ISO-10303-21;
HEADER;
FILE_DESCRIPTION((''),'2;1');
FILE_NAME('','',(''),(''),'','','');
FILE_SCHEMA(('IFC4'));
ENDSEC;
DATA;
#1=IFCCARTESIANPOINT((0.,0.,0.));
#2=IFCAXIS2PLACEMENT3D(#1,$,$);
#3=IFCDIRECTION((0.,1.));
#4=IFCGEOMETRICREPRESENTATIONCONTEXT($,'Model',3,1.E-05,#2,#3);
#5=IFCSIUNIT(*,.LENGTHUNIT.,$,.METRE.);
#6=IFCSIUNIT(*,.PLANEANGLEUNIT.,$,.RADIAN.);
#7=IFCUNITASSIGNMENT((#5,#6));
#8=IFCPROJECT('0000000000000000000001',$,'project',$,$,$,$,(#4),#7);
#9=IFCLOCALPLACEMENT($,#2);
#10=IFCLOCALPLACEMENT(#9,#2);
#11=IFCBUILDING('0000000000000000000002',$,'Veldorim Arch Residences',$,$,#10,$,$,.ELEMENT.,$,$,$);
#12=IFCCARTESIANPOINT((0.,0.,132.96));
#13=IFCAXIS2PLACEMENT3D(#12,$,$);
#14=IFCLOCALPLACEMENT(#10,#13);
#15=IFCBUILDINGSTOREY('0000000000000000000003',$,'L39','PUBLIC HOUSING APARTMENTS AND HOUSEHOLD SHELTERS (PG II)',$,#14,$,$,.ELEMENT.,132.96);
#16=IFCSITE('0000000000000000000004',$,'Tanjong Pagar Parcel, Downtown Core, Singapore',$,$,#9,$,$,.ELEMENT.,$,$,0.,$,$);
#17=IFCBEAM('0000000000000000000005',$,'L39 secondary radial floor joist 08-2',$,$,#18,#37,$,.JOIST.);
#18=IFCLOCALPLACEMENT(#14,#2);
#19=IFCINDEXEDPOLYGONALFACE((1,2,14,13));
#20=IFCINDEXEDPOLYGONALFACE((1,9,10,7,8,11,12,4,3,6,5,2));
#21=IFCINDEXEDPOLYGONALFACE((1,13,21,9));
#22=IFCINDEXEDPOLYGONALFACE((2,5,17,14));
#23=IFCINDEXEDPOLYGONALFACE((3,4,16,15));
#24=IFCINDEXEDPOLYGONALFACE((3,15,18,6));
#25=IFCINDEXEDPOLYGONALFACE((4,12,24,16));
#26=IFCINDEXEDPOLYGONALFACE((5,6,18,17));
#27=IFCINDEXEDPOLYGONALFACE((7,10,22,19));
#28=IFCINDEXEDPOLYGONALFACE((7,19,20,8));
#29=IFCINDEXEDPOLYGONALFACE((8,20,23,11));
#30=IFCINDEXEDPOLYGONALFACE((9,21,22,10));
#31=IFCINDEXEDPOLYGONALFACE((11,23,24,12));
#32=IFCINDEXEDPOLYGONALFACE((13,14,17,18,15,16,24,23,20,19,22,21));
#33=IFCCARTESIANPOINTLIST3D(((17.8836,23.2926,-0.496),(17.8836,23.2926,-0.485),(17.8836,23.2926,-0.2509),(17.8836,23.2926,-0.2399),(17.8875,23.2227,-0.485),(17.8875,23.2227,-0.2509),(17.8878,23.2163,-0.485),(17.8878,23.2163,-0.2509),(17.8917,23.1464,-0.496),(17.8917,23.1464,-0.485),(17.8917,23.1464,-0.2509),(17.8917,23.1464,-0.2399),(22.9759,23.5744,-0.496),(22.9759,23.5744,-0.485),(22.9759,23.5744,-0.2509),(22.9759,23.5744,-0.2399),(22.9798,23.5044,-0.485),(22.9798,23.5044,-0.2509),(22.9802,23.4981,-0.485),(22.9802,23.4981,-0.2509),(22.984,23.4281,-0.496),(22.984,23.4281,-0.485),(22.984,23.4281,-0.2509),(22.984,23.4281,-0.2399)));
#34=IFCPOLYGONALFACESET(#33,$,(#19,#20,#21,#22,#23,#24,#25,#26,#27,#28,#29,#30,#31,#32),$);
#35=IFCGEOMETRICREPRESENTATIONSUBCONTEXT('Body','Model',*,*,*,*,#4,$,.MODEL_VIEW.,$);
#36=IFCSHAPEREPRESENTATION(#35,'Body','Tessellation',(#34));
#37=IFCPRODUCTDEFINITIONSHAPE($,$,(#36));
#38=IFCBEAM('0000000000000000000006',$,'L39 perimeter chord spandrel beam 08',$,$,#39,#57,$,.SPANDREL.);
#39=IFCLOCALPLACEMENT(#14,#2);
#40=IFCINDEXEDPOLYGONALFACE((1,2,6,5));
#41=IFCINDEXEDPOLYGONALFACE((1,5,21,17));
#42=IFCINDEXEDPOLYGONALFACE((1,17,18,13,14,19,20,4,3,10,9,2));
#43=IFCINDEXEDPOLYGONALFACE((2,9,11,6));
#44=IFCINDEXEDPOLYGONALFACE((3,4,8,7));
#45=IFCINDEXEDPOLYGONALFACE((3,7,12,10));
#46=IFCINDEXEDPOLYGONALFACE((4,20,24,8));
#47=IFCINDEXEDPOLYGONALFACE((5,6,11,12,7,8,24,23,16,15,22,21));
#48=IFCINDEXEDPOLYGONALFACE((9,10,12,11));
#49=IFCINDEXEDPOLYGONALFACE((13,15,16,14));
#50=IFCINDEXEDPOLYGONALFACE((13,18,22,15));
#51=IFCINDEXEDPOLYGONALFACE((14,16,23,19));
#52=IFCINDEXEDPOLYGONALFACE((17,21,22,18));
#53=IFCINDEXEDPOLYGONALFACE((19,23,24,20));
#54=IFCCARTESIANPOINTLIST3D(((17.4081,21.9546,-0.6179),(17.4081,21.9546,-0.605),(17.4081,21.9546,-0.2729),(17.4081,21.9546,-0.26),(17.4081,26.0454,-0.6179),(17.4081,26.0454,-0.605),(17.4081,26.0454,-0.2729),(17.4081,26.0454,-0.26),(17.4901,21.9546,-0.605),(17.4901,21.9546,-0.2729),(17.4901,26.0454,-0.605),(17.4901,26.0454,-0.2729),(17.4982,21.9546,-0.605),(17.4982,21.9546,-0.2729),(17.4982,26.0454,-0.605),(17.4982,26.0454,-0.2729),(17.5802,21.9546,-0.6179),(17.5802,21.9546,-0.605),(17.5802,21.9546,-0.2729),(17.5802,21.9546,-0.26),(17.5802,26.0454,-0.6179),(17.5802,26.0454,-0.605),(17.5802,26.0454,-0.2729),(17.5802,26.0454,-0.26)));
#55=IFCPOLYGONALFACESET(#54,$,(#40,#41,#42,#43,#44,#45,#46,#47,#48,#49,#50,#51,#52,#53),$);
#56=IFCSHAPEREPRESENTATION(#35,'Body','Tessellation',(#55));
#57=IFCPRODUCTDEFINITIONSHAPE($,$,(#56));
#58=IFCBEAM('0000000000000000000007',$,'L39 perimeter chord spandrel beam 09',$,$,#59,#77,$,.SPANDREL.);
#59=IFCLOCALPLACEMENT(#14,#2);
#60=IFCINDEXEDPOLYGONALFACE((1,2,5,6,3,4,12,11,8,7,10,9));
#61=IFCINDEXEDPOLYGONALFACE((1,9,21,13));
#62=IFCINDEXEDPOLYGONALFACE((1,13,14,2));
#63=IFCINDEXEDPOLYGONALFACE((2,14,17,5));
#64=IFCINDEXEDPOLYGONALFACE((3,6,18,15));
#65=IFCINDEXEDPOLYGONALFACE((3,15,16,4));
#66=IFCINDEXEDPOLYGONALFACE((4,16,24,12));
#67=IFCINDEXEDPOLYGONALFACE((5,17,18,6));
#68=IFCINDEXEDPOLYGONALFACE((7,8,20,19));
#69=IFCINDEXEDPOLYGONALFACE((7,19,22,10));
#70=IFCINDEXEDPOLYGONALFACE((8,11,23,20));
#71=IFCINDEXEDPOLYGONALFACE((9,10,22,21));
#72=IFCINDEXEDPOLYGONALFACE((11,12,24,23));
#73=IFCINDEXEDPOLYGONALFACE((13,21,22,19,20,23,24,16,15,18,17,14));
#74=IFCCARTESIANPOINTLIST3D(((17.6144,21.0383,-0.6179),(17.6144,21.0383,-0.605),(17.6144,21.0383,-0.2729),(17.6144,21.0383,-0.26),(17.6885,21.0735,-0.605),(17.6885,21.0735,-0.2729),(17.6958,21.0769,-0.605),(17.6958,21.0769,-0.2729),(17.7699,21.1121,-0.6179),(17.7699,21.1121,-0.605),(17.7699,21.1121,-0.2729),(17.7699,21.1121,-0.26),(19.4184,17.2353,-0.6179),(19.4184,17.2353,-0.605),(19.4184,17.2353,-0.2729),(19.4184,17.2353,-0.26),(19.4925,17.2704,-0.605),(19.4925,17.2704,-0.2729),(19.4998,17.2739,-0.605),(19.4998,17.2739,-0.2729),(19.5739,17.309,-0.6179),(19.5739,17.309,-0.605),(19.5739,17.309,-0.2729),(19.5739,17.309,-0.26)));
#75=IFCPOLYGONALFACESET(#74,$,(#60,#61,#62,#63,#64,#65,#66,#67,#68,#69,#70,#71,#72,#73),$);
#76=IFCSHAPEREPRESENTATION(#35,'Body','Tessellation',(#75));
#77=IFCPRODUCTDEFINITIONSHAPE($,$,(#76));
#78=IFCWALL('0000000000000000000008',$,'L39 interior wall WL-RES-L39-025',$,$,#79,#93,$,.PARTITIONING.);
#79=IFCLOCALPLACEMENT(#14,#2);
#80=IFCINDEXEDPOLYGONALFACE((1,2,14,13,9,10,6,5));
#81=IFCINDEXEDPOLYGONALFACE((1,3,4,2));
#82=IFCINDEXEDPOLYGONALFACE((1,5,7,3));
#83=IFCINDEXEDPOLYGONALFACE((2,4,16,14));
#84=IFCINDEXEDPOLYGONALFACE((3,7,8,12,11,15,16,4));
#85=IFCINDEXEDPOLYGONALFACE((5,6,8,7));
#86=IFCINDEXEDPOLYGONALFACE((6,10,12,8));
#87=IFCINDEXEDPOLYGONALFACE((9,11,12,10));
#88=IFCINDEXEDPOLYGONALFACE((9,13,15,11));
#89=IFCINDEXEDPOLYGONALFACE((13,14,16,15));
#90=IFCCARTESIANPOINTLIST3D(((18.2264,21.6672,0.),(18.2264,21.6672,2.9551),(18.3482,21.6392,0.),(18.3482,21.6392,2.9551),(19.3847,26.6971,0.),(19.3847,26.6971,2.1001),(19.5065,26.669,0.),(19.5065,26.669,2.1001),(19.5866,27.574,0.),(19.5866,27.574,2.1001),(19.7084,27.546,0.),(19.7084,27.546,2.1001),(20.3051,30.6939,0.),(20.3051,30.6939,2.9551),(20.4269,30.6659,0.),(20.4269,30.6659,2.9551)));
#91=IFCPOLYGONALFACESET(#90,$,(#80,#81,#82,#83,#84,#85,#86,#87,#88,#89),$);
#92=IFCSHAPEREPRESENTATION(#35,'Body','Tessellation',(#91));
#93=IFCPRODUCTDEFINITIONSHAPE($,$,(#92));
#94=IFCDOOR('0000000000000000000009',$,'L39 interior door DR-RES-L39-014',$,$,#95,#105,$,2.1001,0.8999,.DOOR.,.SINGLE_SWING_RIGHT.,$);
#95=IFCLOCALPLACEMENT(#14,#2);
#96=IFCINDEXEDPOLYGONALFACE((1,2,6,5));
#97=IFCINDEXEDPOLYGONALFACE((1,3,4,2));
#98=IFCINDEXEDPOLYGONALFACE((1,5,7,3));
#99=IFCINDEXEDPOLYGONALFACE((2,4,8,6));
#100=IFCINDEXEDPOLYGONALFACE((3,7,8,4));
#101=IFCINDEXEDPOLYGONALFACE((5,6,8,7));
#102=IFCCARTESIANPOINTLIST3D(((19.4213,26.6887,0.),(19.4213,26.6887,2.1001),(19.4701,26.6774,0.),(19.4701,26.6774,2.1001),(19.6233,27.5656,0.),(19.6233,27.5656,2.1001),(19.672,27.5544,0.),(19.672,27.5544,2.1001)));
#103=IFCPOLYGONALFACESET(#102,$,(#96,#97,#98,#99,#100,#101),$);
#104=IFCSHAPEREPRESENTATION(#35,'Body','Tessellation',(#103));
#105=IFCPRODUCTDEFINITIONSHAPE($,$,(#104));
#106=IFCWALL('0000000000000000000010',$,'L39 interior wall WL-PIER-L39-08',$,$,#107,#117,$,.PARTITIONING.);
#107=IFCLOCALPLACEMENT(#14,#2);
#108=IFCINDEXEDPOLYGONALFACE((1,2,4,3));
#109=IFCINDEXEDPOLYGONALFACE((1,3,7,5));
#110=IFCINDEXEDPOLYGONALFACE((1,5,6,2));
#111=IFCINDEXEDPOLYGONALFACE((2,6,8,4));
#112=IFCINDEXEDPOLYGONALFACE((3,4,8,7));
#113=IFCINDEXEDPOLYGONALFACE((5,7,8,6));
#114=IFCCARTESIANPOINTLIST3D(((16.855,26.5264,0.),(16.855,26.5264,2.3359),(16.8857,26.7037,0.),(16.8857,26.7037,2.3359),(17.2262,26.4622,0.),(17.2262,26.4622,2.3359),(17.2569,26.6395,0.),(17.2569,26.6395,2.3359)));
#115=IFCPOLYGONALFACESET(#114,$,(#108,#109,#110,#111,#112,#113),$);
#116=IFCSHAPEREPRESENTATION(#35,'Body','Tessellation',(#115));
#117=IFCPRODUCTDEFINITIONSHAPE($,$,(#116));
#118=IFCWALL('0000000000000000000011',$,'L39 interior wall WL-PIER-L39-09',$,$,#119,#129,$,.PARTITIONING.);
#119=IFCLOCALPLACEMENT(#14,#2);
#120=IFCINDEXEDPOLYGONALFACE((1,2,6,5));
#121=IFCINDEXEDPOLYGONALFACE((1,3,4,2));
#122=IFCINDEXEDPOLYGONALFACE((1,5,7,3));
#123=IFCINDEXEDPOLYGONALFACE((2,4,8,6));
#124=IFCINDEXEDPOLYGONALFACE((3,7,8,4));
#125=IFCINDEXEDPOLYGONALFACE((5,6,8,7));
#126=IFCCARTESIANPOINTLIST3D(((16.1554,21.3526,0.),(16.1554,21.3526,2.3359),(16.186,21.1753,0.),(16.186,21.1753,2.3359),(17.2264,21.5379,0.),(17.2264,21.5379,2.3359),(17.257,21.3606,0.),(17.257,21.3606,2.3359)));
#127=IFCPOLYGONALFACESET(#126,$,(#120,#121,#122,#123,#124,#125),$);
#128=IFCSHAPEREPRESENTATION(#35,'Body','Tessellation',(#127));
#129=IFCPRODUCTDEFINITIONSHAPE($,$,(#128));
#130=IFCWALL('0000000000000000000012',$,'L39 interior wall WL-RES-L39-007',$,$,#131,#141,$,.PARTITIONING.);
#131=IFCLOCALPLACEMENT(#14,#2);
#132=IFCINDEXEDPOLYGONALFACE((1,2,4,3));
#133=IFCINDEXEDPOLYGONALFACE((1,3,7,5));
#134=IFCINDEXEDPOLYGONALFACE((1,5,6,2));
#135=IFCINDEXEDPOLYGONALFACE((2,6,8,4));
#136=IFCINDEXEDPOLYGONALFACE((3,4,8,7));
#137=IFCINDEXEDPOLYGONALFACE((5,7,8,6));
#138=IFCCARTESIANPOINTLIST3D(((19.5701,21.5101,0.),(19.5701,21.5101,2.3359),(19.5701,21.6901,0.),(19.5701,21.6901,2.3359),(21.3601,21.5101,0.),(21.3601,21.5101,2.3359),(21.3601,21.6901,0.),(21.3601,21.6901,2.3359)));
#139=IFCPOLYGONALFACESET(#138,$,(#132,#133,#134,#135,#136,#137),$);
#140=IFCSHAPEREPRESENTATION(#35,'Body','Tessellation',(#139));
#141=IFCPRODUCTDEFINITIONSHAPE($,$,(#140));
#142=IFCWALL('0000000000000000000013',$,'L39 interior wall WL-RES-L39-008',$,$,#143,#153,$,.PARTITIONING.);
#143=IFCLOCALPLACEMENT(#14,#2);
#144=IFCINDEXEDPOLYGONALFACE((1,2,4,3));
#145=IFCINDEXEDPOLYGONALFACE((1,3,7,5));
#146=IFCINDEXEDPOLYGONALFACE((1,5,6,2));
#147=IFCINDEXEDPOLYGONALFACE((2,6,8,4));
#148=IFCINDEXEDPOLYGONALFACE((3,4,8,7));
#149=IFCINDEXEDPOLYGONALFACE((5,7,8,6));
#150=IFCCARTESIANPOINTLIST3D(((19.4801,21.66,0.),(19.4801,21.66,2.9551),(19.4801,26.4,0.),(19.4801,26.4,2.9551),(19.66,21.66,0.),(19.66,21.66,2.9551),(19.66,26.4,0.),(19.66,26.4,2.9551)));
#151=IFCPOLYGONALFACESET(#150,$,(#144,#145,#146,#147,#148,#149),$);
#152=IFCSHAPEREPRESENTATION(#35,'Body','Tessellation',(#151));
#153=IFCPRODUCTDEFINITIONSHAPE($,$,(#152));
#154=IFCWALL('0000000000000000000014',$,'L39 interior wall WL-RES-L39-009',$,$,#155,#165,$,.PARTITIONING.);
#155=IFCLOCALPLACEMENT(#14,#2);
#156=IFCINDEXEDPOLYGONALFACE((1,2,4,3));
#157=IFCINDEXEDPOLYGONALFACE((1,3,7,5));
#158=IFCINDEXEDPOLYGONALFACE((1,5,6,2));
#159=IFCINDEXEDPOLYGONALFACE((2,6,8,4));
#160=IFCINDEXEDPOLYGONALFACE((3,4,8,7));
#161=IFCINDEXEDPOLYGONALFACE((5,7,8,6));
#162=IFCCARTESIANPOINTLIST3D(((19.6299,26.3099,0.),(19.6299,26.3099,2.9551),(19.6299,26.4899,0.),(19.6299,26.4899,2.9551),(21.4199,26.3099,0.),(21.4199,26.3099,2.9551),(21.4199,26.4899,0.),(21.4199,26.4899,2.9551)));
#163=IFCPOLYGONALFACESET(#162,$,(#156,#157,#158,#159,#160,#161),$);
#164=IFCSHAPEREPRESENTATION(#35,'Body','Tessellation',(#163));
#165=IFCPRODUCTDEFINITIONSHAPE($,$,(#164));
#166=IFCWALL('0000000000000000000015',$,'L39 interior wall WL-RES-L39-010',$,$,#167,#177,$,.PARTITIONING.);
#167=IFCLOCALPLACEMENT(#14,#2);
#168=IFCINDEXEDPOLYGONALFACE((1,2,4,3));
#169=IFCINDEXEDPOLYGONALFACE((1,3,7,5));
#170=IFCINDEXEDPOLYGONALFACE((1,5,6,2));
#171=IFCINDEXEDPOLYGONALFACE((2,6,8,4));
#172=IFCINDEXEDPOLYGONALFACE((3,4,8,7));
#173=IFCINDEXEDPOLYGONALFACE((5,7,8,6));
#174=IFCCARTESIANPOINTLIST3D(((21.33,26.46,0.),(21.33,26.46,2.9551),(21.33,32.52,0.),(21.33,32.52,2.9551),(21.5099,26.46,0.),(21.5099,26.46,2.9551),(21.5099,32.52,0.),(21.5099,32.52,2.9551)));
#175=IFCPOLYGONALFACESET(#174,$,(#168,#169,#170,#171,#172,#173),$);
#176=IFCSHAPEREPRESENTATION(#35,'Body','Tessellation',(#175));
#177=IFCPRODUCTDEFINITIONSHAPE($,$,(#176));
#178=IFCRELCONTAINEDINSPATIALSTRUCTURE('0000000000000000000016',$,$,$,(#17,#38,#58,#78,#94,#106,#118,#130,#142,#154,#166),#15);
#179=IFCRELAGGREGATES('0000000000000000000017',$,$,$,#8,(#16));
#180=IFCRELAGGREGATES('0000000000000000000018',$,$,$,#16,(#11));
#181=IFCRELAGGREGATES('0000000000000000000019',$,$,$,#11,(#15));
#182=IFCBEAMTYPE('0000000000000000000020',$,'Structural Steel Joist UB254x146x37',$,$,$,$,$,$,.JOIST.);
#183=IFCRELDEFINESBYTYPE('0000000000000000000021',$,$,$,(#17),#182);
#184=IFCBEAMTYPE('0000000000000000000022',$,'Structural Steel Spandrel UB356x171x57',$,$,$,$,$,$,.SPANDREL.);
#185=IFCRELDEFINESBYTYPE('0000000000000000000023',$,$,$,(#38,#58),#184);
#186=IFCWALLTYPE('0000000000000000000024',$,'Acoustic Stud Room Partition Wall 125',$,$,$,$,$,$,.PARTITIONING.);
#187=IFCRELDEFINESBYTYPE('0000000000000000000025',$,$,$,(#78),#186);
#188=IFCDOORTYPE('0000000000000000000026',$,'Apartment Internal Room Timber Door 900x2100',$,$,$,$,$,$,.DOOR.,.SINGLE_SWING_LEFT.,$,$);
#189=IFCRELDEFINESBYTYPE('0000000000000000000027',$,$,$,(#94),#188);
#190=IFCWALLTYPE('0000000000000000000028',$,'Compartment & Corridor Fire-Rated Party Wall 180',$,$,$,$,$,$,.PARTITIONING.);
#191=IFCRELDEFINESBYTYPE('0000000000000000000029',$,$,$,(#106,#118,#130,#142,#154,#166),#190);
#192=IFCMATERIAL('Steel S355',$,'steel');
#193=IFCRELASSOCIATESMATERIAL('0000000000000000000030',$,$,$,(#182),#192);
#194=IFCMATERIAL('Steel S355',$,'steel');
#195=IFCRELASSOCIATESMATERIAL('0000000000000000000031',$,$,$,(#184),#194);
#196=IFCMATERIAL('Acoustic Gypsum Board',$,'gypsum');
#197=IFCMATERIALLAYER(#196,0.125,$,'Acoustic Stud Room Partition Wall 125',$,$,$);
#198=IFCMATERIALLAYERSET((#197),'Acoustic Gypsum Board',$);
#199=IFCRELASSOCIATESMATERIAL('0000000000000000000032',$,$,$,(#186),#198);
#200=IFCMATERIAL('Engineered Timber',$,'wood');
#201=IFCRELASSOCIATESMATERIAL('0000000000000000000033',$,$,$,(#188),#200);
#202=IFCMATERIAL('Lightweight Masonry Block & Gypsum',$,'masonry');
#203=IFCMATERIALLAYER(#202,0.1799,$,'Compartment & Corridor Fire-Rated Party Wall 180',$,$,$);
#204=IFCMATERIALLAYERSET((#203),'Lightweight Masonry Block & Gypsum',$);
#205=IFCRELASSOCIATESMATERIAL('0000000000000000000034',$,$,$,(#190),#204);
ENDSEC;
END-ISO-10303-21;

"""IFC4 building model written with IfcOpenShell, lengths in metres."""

from ifc_helpers import new_model, si_unit, direction, frame, frame_2d, origin, origin_2d, place, context, subcontext, project, spatial, rectangle, i_section, extrude, material, layer, layer_set, material_profile, profile_set, type_object, element, fill, save


model = new_model("IFC4")

# Units and contexts
model_context = context("Model", 3, precision=1e-05, world=origin(), true_north=direction((0.0, 1.0)))
body_context = subcontext(model_context, "Body", "Model", "MODEL_VIEW")
ifc_project = project(units=[si_unit("LENGTHUNIT", "METRE"), si_unit("PLANEANGLEUNIT", "RADIAN")], contexts=[model_context])

# Site, building, storey
site_placement = place(None, origin())
site = spatial("IfcSite", under=ifc_project, at=site_placement, Name="Tanjong Pagar Parcel, Downtown Core, Singapore", CompositionType="ELEMENT", RefElevation=0.0)
building_placement = place(site_placement, origin())
building = spatial("IfcBuilding", under=site, at=building_placement, Name="Veldorim Arch Residences", CompositionType="ELEMENT")
storey_placement = place(building_placement, frame((0.0, 0.0, 132.96)))
storey = spatial("IfcBuildingStorey", under=building, at=storey_placement, Name="L39", Description="PUBLIC HOUSING APARTMENTS AND HOUSEHOLD SHELTERS (PG II)", CompositionType="ELEMENT", Elevation=132.96)

# Beams
ifc_material_1 = material(Name="Steel S355", Category="steel")
ifc_material_profile_1 = material_profile(ifc_material_1, i_section(OverallWidth=0.1465, OverallDepth=0.2561, WebThickness=0.0063, FlangeThickness=0.011, at=origin_2d()), Name="UB254x146x37")
ifc_profile_set_1 = profile_set([ifc_material_profile_1], Name="Steel S355")
beam_type_1 = type_object("IfcBeamType", Name="Structural Steel Joist UB254x146x37", PredefinedType="JOIST", material=ifc_profile_set_1)
beam_1_placement = place(storey_placement, frame((22.98, 23.5012, -0.3679), z_axis=(-0.998473, -0.055242, 0.0), x_axis=(0.055242, -0.998473, 0.0)))
element("IfcBeam", 1, at=beam_1_placement, inside=storey, type_object=beam_type_1, Name="L39 secondary radial floor joist 08-2", PredefinedType="JOIST", context=body_context, shape_type="SweptSolid", body=[
    extrude(i_section(OverallWidth=0.1465, OverallDepth=0.2561, WebThickness=0.0063, FlangeThickness=0.011, at=origin_2d()), origin(), (0.0, 0.0, 1.0), 5.1001),
])
ifc_material_2 = material(Name="Steel S355", Category="steel")
ifc_material_profile_2 = material_profile(ifc_material_2, i_section(OverallWidth=0.1721, OverallDepth=0.3579, WebThickness=0.0081, FlangeThickness=0.0129, at=origin_2d()), Name="UB356x171x57")
ifc_profile_set_2 = profile_set([ifc_material_profile_2], Name="Steel S355")
beam_type_2 = type_object("IfcBeamType", Name="Structural Steel Spandrel UB356x171x57", PredefinedType="SPANDREL", material=ifc_profile_set_2)
beam_2_placement = place(storey_placement, frame((17.4941, 26.0454, -0.439), z_axis=(0.0, -1.0, 0.0), x_axis=(1.0, 0.0, 0.0)))
element("IfcBeam", 2, at=beam_2_placement, inside=storey, type_object=beam_type_2, Name="L39 perimeter chord spandrel beam 08", PredefinedType="SPANDREL", context=body_context, shape_type="SweptSolid", body=[
    extrude(i_section(OverallWidth=0.1721, OverallDepth=0.3579, WebThickness=0.0081, FlangeThickness=0.0129, at=origin_2d()), origin(), (0.0, 0.0, 1.0), 4.0908),
])
beam_3_placement = place(storey_placement, frame((17.6921, 21.0752, -0.439), z_axis=(0.42858, -0.903504, 0.0), x_axis=(0.903504, 0.42858, 0.0)))
element("IfcBeam", 3, at=beam_3_placement, inside=storey, type_object=beam_type_2, Name="L39 perimeter chord spandrel beam 09", PredefinedType="SPANDREL", context=body_context, shape_type="SweptSolid", body=[
    extrude(i_section(OverallWidth=0.1721, OverallDepth=0.3579, WebThickness=0.0081, FlangeThickness=0.0129, at=origin_2d()), origin(), (0.0, 0.0, 1.0), 4.2092),
])

# Wall, opening, door
ifc_material_3 = material(Name="Acoustic Gypsum Board", Category="gypsum")
ifc_layer_1 = layer(ifc_material_3, 0.125, Name="Acoustic Stud Room Partition Wall 125")
ifc_layer_set_1 = layer_set([ifc_layer_1], Name="Acoustic Gypsum Board")
wall_type_1 = type_object("IfcWallType", Name="Acoustic Stud Room Partition Wall 125", PredefinedType="PARTITIONING", material=ifc_layer_set_1)
wall_1_placement = place(storey_placement, frame((18.2874, 21.6533, 0.0), z_axis=(0.0, 0.0, 1.0), x_axis=(0.224403, 0.974496, 0.0)))
wall_1 = element("IfcWall", 4, at=wall_1_placement, inside=storey, type_object=wall_type_1, Name="L39 interior wall WL-RES-L39-025", PredefinedType="PARTITIONING", context=body_context, shape_type="SweptSolid", body=[
    extrude(rectangle(XDim=9.2629, YDim=0.125, at=frame_2d((4.6313, 0.0))), origin(), (0.0, 0.0, 1.0), 2.9551),
])
opening_placement = place(wall_1_placement, frame((5.1614, 0.0, 0.0)))
opening = element("IfcOpeningElement", 5, at=opening_placement, cuts=wall_1, PredefinedType="OPENING", context=body_context, shape_type="SweptSolid", body=[
    extrude(rectangle(XDim=0.8999, YDim=2.1001, at=frame_2d((0.45, 1.05))), frame((0.0, 0.0725, 0.0), z_axis=(0.0, -1.0, 0.0), x_axis=(1.0, 0.0, 0.0)), (0.0, 0.0, 1.0), 0.145),
])
ifc_material_4 = material(Name="Engineered Timber", Category="wood")
door_type = type_object("IfcDoorType", Name="Apartment Internal Room Timber Door 900x2100", OperationType="SINGLE_SWING_LEFT", PredefinedType="DOOR", material=ifc_material_4)
door_placement = place(opening_placement, origin())
door = element("IfcDoor", 6, at=door_placement, inside=storey, type_object=door_type, Name="L39 interior door DR-RES-L39-014", OperationType="SINGLE_SWING_RIGHT", OverallHeight=2.1001, OverallWidth=0.8999, PredefinedType="DOOR", context=body_context, shape_type="SweptSolid", body=[
    extrude(rectangle(XDim=0.8999, YDim=2.1001, at=frame_2d((0.45, 1.05))), frame((0.0, 0.0249, 0.0), z_axis=(0.0, -1.0, 0.0), x_axis=(1.0, 0.0, 0.0)), (0.0, 0.0, 1.0), 0.05),
])
fill(opening, door)

# Walls
ifc_material_5 = material(Name="Lightweight Masonry Block & Gypsum", Category="masonry")
ifc_layer_2 = layer(ifc_material_5, 0.1799, Name="Compartment & Corridor Fire-Rated Party Wall 180")
ifc_layer_set_2 = layer_set([ifc_layer_2], Name="Lightweight Masonry Block & Gypsum")
wall_type_2 = type_object("IfcWallType", Name="Compartment & Corridor Fire-Rated Party Wall 180", PredefinedType="PARTITIONING", material=ifc_layer_set_2)
wall_2_placement = place(storey_placement, frame((17.2417, 26.5508, 0.0), z_axis=(0.0, 0.0, 1.0), x_axis=(-0.985359, 0.170493, 0.0)))
element("IfcWall", 7, at=wall_2_placement, inside=storey, type_object=wall_type_2, Name="L39 interior wall WL-PIER-L39-08", PredefinedType="PARTITIONING", context=body_context, shape_type="SweptSolid", body=[
    extrude(rectangle(XDim=0.3767, YDim=0.1799, at=frame_2d((0.1885, 0.0))), origin(), (0.0, 0.0, 1.0), 2.3359),
])
wall_3_placement = place(storey_placement, frame((17.2417, 21.4492, 0.0), z_axis=(0.0, 0.0, 1.0), x_axis=(-0.985361, -0.170479, 0.0)))
element("IfcWall", 8, at=wall_3_placement, inside=storey, type_object=wall_type_2, Name="L39 interior wall WL-PIER-L39-09", PredefinedType="PARTITIONING", context=body_context, shape_type="SweptSolid", body=[
    extrude(rectangle(XDim=1.0869, YDim=0.1799, at=frame_2d((0.5435, 0.0))), origin(), (0.0, 0.0, 1.0), 2.3359),
])
wall_4_placement = place(storey_placement, frame((21.3601, 21.6001, 0.0), z_axis=(0.0, 0.0, 1.0), x_axis=(-1.0, 0.0, 0.0)))
element("IfcWall", 9, at=wall_4_placement, inside=storey, type_object=wall_type_2, Name="L39 interior wall WL-RES-L39-007", PredefinedType="PARTITIONING", context=body_context, shape_type="SweptSolid", body=[
    extrude(rectangle(XDim=1.79, YDim=0.1799, at=frame_2d((0.895, 0.0))), origin(), (0.0, 0.0, 1.0), 2.3359),
])
wall_5_placement = place(storey_placement, frame((19.5701, 21.6599, 0.0), z_axis=(0.0, 0.0, 1.0), x_axis=(0.0, 1.0, 0.0)))
element("IfcWall", 10, at=wall_5_placement, inside=storey, type_object=wall_type_2, Name="L39 interior wall WL-RES-L39-008", PredefinedType="PARTITIONING", context=body_context, shape_type="SweptSolid", body=[
    extrude(rectangle(XDim=4.74, YDim=0.1799, at=frame_2d((2.3701, 0.0))), origin(), (0.0, 0.0, 1.0), 2.9551),
])
wall_6_placement = place(storey_placement, frame((19.6299, 26.3999, 0.0), z_axis=(0.0, 0.0, 1.0), x_axis=(1.0, 0.0, 0.0)))
element("IfcWall", 11, at=wall_6_placement, inside=storey, type_object=wall_type_2, Name="L39 interior wall WL-RES-L39-009", PredefinedType="PARTITIONING", context=body_context, shape_type="SweptSolid", body=[
    extrude(rectangle(XDim=1.79, YDim=0.1799, at=frame_2d((0.895, 0.0))), origin(), (0.0, 0.0, 1.0), 2.9551),
])
wall_7_placement = place(storey_placement, frame((21.4199, 26.46, 0.0), z_axis=(0.0, 0.0, 1.0), x_axis=(0.0, 1.0, 0.0)))
element("IfcWall", 12, at=wall_7_placement, inside=storey, type_object=wall_type_2, Name="L39 interior wall WL-RES-L39-010", PredefinedType="PARTITIONING", context=body_context, shape_type="SweptSolid", body=[
    extrude(rectangle(XDim=6.0601, YDim=0.1799, at=frame_2d((3.03, 0.0))), origin(), (0.0, 0.0, 1.0), 2.9551),
])

save(model, "model.ifc")
